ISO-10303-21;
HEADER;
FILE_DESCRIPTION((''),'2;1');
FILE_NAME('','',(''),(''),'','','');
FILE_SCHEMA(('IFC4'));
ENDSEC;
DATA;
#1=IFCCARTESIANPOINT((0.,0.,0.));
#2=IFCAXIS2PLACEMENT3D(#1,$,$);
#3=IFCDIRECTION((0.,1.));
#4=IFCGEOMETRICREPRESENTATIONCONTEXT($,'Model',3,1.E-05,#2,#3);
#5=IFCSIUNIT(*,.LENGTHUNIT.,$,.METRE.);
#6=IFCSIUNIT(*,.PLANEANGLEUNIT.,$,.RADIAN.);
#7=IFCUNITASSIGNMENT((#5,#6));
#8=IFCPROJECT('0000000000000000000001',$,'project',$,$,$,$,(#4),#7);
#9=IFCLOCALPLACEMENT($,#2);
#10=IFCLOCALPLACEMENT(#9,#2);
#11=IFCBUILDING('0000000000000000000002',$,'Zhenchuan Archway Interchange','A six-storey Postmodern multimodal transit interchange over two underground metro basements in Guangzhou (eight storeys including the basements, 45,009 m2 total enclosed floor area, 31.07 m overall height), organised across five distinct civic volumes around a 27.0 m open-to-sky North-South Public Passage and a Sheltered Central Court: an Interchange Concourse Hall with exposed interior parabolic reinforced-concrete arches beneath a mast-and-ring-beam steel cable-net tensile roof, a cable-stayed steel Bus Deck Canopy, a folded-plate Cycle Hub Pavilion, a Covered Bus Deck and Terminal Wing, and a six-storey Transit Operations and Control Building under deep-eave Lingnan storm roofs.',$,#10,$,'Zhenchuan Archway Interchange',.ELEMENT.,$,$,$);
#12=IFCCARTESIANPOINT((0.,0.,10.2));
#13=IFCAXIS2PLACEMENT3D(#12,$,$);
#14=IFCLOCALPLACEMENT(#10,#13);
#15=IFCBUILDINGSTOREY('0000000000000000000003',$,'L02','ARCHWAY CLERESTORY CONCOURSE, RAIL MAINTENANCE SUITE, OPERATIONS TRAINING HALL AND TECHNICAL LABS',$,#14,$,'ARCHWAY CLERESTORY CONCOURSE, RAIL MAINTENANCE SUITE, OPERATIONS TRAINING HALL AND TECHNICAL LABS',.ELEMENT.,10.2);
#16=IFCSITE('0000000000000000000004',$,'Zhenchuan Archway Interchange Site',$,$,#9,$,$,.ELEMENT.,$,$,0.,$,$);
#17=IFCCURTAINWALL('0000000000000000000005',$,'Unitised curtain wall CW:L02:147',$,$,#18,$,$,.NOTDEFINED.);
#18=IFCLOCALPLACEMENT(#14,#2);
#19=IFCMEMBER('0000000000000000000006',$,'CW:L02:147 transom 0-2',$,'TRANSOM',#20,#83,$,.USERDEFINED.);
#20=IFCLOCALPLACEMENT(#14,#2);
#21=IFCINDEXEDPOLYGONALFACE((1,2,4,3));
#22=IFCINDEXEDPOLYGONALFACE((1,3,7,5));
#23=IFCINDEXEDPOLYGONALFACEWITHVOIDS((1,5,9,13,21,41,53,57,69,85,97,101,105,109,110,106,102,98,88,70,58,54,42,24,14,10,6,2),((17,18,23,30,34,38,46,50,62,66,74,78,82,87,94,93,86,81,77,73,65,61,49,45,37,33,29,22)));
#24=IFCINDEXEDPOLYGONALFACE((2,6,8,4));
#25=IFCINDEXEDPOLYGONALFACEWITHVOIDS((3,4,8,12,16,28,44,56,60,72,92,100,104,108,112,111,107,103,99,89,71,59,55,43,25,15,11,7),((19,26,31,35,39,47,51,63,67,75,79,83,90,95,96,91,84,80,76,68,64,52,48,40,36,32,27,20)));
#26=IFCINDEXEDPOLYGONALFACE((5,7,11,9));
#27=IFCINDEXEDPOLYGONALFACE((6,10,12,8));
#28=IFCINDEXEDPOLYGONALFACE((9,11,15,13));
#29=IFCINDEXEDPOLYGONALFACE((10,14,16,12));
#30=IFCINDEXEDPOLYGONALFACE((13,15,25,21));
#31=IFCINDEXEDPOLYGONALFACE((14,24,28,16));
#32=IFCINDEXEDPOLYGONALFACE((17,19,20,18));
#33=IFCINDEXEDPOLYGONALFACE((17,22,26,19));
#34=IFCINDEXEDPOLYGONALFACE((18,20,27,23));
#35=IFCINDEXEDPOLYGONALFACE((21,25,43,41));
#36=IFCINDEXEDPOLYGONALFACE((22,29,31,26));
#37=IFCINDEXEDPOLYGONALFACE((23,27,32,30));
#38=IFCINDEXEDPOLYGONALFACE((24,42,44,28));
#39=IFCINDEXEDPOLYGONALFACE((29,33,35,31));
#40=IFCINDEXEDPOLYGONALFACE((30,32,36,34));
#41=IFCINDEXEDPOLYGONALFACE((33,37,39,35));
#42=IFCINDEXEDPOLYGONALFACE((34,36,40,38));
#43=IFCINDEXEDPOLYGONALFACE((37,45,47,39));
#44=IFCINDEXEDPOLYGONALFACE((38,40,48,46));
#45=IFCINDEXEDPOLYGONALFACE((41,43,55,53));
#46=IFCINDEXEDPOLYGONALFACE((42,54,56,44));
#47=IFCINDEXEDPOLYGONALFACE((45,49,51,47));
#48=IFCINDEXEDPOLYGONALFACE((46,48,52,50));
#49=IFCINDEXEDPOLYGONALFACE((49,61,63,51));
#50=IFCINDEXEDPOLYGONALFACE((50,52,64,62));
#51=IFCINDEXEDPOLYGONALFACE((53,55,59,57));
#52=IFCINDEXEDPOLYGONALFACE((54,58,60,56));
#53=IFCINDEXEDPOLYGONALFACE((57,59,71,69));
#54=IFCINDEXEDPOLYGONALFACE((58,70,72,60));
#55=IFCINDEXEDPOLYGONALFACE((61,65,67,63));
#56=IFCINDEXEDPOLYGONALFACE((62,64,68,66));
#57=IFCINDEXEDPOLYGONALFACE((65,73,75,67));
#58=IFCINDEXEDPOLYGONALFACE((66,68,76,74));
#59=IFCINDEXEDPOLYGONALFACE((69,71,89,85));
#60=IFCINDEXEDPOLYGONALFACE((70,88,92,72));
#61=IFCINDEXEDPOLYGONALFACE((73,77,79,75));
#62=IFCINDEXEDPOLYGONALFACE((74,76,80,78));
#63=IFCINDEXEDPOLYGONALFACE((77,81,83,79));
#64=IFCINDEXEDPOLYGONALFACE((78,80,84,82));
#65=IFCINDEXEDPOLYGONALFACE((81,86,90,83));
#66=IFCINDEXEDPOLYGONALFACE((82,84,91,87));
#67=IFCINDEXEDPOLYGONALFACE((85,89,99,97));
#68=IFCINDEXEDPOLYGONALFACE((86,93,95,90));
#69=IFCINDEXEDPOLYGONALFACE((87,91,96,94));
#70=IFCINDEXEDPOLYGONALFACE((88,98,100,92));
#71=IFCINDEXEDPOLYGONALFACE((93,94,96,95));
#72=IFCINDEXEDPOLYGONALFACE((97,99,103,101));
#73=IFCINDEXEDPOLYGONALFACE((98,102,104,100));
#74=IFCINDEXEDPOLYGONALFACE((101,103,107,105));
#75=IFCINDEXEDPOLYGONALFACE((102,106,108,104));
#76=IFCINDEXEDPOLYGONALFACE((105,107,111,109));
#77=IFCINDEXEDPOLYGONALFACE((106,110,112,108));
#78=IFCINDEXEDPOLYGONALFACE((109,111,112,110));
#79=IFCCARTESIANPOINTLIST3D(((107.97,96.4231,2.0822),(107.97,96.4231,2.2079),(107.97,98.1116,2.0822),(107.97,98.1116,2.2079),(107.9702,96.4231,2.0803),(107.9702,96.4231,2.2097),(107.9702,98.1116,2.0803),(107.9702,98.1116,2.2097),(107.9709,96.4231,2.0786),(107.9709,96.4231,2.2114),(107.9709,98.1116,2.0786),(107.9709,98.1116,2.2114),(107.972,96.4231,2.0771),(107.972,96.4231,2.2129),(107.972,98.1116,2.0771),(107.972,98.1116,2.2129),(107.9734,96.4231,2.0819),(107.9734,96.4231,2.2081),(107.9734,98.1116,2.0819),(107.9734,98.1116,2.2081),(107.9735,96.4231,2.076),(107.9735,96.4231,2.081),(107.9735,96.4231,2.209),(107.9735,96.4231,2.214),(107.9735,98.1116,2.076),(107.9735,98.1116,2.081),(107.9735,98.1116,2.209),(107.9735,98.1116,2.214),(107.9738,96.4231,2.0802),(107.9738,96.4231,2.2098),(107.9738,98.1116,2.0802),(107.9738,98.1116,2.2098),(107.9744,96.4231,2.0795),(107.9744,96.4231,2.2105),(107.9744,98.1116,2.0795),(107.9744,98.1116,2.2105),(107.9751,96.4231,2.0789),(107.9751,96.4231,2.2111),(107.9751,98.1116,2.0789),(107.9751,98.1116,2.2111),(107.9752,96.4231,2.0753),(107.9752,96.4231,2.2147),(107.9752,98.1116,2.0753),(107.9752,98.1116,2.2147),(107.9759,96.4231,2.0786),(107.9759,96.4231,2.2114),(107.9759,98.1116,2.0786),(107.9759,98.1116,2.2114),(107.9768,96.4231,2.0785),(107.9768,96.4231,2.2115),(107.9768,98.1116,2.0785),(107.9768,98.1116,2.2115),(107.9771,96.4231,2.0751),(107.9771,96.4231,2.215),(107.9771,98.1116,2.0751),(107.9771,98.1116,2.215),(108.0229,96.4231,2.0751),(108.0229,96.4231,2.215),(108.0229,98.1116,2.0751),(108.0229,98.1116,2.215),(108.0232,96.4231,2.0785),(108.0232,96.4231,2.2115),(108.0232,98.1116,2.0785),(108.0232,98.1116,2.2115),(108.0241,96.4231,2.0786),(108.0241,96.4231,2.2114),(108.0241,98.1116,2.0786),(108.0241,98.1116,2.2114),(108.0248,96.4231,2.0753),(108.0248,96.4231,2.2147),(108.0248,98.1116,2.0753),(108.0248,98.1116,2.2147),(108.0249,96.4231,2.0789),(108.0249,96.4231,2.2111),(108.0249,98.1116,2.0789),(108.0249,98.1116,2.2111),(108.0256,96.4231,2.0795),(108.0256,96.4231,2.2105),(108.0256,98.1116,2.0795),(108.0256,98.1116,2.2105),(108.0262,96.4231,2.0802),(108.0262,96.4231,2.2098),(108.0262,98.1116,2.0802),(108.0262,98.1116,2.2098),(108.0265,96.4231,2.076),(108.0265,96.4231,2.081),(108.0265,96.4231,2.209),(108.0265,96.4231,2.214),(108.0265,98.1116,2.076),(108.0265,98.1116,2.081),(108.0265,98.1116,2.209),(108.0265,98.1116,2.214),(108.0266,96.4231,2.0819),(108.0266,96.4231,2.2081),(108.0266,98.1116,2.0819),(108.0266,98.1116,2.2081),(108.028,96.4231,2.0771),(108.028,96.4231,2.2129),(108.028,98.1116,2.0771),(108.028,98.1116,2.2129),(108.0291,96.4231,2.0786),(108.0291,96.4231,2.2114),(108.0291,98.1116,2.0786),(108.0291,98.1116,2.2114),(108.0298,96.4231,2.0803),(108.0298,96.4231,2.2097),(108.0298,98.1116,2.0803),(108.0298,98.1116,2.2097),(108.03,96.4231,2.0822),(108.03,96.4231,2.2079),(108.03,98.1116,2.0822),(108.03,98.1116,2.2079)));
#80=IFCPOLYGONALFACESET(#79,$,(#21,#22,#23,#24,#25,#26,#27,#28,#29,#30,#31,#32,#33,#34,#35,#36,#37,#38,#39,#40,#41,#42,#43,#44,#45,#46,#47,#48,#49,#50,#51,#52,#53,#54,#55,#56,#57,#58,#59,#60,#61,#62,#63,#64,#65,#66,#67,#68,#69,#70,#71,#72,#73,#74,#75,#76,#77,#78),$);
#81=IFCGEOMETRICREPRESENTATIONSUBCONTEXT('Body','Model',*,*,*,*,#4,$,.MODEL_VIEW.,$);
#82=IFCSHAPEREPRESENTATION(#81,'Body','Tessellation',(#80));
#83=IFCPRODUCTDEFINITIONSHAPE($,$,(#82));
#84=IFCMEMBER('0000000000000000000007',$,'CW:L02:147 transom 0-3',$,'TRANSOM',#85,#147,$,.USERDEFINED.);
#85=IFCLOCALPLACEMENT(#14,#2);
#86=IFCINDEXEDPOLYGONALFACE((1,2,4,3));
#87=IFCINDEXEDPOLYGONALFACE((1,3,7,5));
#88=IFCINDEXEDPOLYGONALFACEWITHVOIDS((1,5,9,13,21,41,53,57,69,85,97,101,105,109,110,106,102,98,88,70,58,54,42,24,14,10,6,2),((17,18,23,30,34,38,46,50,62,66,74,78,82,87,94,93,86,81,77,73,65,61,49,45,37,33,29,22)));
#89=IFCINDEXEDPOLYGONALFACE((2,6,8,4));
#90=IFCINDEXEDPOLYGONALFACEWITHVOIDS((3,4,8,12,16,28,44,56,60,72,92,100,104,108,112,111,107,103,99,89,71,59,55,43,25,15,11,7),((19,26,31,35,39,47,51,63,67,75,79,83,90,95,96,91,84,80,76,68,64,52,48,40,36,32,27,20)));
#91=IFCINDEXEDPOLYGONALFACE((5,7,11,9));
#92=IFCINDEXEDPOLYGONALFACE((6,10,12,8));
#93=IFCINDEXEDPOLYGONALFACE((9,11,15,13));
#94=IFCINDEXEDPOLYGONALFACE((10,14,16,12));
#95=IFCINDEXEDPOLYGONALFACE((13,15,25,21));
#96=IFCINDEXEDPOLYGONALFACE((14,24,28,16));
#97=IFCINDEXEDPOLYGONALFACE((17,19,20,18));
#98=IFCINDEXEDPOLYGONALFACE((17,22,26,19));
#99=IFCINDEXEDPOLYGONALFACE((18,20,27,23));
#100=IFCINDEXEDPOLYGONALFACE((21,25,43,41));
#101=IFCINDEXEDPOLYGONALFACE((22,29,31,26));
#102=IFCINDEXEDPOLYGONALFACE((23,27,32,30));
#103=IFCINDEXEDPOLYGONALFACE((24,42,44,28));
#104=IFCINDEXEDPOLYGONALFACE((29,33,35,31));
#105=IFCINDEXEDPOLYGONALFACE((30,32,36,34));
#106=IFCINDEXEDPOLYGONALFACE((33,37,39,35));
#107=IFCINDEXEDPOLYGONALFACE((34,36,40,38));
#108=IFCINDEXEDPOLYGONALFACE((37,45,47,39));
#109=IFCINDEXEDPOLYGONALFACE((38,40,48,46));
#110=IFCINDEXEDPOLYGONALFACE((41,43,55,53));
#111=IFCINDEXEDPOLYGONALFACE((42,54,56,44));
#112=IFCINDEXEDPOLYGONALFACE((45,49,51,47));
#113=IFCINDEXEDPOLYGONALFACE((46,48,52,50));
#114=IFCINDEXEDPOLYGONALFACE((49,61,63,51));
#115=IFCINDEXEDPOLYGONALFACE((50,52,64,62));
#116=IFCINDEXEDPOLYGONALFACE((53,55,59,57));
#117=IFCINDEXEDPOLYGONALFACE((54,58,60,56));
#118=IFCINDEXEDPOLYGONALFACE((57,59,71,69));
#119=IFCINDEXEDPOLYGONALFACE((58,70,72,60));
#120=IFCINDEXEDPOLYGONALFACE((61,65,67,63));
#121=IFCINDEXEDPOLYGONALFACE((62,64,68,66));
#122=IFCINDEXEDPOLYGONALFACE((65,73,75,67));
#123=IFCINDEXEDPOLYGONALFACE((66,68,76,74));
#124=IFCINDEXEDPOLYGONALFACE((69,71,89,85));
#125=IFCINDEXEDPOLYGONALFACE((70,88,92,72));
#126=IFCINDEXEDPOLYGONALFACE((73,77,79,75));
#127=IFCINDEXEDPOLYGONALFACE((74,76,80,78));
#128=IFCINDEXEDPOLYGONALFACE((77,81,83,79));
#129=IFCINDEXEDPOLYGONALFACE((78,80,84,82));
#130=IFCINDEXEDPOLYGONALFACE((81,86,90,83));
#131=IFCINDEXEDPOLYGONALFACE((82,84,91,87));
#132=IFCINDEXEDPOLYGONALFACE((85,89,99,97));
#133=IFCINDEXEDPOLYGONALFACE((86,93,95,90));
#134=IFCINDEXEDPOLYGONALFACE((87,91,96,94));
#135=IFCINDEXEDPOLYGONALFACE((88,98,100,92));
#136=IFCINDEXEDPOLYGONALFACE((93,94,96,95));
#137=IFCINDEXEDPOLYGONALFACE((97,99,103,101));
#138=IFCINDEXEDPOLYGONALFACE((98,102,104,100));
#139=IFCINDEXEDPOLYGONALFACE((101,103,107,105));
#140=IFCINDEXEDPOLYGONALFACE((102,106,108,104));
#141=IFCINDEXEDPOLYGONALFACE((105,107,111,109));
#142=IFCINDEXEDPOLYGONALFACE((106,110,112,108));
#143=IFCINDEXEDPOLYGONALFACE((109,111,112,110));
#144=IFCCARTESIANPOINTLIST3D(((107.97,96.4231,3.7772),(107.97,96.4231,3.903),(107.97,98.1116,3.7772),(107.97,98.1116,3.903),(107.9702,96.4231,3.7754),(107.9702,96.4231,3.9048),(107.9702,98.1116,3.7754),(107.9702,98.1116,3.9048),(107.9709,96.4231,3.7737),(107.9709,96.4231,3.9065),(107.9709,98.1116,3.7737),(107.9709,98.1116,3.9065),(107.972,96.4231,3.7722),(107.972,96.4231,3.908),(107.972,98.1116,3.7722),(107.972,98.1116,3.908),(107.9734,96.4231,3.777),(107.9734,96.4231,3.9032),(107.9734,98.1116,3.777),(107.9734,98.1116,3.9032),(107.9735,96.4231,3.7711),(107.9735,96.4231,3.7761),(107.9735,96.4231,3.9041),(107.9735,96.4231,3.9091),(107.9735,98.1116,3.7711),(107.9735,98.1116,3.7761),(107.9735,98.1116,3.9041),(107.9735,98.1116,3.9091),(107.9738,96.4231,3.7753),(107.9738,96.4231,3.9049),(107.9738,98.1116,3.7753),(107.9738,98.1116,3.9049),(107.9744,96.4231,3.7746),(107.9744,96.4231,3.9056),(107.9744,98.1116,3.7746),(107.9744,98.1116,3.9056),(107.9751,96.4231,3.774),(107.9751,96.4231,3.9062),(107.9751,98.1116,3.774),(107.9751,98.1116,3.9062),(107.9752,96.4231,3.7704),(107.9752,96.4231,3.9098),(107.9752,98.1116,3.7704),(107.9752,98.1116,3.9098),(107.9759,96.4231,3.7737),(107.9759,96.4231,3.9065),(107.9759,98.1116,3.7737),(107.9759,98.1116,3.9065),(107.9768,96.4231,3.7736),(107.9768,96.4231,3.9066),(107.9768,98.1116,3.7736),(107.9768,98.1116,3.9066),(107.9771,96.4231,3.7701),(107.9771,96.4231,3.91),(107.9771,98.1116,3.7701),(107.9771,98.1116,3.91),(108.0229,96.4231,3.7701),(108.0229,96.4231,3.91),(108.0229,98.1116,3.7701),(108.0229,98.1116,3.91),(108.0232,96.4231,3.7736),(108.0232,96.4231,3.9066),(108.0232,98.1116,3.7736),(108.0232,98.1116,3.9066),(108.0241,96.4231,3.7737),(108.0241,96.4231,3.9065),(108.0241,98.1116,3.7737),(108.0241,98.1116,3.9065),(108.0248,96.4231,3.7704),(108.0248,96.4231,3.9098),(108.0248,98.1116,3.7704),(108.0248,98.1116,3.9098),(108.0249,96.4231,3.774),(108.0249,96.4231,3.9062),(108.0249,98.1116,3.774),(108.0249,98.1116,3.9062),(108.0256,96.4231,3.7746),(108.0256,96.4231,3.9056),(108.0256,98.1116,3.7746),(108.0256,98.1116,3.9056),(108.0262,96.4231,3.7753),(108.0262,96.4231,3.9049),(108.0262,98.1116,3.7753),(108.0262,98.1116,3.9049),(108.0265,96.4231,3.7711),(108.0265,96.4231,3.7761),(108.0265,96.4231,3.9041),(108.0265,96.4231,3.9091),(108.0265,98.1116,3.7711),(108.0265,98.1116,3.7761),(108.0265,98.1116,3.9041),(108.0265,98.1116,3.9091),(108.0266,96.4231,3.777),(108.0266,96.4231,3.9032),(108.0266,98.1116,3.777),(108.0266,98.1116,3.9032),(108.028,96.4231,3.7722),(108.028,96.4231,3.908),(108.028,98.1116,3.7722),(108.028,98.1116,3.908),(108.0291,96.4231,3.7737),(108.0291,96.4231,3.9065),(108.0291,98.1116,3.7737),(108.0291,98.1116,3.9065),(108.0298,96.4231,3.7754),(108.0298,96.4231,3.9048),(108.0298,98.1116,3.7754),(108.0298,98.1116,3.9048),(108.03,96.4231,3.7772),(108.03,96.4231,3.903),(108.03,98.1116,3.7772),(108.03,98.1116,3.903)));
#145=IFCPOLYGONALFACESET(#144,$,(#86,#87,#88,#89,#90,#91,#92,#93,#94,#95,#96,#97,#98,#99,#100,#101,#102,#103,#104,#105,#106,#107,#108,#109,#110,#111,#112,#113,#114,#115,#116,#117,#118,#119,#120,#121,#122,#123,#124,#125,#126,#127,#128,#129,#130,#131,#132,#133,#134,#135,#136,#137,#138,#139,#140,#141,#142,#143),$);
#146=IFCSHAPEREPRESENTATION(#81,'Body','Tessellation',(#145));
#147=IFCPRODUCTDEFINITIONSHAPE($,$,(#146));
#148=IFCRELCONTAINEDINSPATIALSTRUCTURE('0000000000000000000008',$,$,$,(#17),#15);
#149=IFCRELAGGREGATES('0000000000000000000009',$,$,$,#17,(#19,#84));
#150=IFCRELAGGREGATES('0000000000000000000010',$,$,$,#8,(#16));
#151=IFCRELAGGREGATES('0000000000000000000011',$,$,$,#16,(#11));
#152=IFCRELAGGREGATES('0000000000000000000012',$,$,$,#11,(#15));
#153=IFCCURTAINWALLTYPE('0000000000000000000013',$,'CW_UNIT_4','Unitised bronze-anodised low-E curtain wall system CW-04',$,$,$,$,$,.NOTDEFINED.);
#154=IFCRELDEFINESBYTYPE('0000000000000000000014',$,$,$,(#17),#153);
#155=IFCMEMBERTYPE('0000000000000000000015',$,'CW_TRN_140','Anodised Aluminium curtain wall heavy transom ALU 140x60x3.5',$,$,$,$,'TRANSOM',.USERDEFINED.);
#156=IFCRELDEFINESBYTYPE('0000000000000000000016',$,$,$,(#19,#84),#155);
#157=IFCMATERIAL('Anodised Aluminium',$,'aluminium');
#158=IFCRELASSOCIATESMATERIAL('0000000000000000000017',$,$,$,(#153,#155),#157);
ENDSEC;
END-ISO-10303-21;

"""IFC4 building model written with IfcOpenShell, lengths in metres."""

from ifc_helpers import new_model, si_unit, direction, frame, origin, origin_2d, place, context, subcontext, project, spatial, hollow_rectangle, extrude, material, material_profile, profile_set, type_object, element, aggregate, save


model = new_model("IFC4")

# Units and contexts
model_context = context("Model", 3, precision=1e-05, world=origin(), true_north=direction((0.0, 1.0)))
body_context = subcontext(model_context, "Body", "Model", "MODEL_VIEW")
ifc_project = project(units=[si_unit("LENGTHUNIT", "METRE"), si_unit("PLANEANGLEUNIT", "RADIAN")], contexts=[model_context])

# Site, building, storey
site_placement = place(None, origin())
site = spatial("IfcSite", under=ifc_project, at=site_placement, Name="Zhenchuan Archway Interchange Site", CompositionType="ELEMENT", RefElevation=0.0)
building_placement = place(site_placement, origin())
building = spatial("IfcBuilding", under=site, at=building_placement, Name="Zhenchuan Archway Interchange", Description="A six-storey Postmodern multimodal transit interchange over two underground metro basements in Guangzhou (eight storeys including the basements, 45,009 m2 total enclosed floor area, 31.07 m overall height), organised across five distinct civic volumes around a 27.0 m open-to-sky North-South Public Passage and a Sheltered Central Court: an Interchange Concourse Hall with exposed interior parabolic reinforced-concrete arches beneath a mast-and-ring-beam steel cable-net tensile roof, a cable-stayed steel Bus Deck Canopy, a folded-plate Cycle Hub Pavilion, a Covered Bus Deck and Terminal Wing, and a six-storey Transit Operations and Control Building under deep-eave Lingnan storm roofs.", LongName="Zhenchuan Archway Interchange", CompositionType="ELEMENT")
storey_placement = place(building_placement, frame((0.0, 0.0, 10.2)))
storey = spatial("IfcBuildingStorey", under=building, at=storey_placement, Name="L02", Description="ARCHWAY CLERESTORY CONCOURSE, RAIL MAINTENANCE SUITE, OPERATIONS TRAINING HALL AND TECHNICAL LABS", LongName="ARCHWAY CLERESTORY CONCOURSE, RAIL MAINTENANCE SUITE, OPERATIONS TRAINING HALL AND TECHNICAL LABS", CompositionType="ELEMENT", Elevation=10.2)

# Curtain wall
ifc_material_1 = material(Name="Anodised Aluminium", Category="aluminium")
curtain_wall_type = type_object("IfcCurtainWallType", Name="CW_UNIT_4", Description="Unitised bronze-anodised low-E curtain wall system CW-04", PredefinedType="NOTDEFINED", material=ifc_material_1)
curtain_wall_1_placement = place(storey_placement, origin())
curtain_wall_1 = element("IfcCurtainWall", 1, at=curtain_wall_1_placement, inside=storey, type_object=curtain_wall_type, Name="Unitised curtain wall CW:L02:147", PredefinedType="NOTDEFINED")
ifc_material_profile_1 = material_profile(ifc_material_1, hollow_rectangle(XDim=0.0601, YDim=0.1399, WallThickness=0.0034, InnerFilletRadius=0.0034, OuterFilletRadius=0.0071, at=origin_2d()), Name="ALU 140x60x3.5")
ifc_profile_set_1 = profile_set([ifc_material_profile_1], Name="Anodised Aluminium")
member_type_1 = type_object("IfcMemberType", Name="CW_TRN_140", Description="Anodised Aluminium curtain wall heavy transom ALU 140x60x3.5", ElementType="TRANSOM", PredefinedType="USERDEFINED", material=ifc_profile_set_1)

# Members
member_1_placement = place(storey_placement, frame((108.0, 96.4231, 2.145), z_axis=(0.0, 1.0, 0.0), x_axis=(-1.0, 0.0, 0.0)))
member_1 = element("IfcMember", 2, at=member_1_placement, type_object=member_type_1, Name="CW:L02:147 transom 0-2", ObjectType="TRANSOM", PredefinedType="USERDEFINED", context=body_context, shape_type="SweptSolid", body=[
    extrude(hollow_rectangle(XDim=0.0601, YDim=0.1399, WallThickness=0.0034, InnerFilletRadius=0.0034, OuterFilletRadius=0.0071, at=origin_2d()), origin(), (0.0, 0.0, 1.0), 1.6885),
])
member_2_placement = place(storey_placement, frame((108.0, 96.4231, 3.8401), z_axis=(0.0, 1.0, 0.0), x_axis=(-1.0, 0.0, 0.0)))
member_2 = element("IfcMember", 3, at=member_2_placement, type_object=member_type_1, Name="CW:L02:147 transom 0-3", ObjectType="TRANSOM", PredefinedType="USERDEFINED", context=body_context, shape_type="SweptSolid", body=[
    extrude(hollow_rectangle(XDim=0.0601, YDim=0.1399, WallThickness=0.0034, InnerFilletRadius=0.0034, OuterFilletRadius=0.0071, at=origin_2d()), origin(), (0.0, 0.0, 1.0), 1.6885),
])

aggregate(curtain_wall_1, [member_1, member_2])

save(model, "model.ifc")
